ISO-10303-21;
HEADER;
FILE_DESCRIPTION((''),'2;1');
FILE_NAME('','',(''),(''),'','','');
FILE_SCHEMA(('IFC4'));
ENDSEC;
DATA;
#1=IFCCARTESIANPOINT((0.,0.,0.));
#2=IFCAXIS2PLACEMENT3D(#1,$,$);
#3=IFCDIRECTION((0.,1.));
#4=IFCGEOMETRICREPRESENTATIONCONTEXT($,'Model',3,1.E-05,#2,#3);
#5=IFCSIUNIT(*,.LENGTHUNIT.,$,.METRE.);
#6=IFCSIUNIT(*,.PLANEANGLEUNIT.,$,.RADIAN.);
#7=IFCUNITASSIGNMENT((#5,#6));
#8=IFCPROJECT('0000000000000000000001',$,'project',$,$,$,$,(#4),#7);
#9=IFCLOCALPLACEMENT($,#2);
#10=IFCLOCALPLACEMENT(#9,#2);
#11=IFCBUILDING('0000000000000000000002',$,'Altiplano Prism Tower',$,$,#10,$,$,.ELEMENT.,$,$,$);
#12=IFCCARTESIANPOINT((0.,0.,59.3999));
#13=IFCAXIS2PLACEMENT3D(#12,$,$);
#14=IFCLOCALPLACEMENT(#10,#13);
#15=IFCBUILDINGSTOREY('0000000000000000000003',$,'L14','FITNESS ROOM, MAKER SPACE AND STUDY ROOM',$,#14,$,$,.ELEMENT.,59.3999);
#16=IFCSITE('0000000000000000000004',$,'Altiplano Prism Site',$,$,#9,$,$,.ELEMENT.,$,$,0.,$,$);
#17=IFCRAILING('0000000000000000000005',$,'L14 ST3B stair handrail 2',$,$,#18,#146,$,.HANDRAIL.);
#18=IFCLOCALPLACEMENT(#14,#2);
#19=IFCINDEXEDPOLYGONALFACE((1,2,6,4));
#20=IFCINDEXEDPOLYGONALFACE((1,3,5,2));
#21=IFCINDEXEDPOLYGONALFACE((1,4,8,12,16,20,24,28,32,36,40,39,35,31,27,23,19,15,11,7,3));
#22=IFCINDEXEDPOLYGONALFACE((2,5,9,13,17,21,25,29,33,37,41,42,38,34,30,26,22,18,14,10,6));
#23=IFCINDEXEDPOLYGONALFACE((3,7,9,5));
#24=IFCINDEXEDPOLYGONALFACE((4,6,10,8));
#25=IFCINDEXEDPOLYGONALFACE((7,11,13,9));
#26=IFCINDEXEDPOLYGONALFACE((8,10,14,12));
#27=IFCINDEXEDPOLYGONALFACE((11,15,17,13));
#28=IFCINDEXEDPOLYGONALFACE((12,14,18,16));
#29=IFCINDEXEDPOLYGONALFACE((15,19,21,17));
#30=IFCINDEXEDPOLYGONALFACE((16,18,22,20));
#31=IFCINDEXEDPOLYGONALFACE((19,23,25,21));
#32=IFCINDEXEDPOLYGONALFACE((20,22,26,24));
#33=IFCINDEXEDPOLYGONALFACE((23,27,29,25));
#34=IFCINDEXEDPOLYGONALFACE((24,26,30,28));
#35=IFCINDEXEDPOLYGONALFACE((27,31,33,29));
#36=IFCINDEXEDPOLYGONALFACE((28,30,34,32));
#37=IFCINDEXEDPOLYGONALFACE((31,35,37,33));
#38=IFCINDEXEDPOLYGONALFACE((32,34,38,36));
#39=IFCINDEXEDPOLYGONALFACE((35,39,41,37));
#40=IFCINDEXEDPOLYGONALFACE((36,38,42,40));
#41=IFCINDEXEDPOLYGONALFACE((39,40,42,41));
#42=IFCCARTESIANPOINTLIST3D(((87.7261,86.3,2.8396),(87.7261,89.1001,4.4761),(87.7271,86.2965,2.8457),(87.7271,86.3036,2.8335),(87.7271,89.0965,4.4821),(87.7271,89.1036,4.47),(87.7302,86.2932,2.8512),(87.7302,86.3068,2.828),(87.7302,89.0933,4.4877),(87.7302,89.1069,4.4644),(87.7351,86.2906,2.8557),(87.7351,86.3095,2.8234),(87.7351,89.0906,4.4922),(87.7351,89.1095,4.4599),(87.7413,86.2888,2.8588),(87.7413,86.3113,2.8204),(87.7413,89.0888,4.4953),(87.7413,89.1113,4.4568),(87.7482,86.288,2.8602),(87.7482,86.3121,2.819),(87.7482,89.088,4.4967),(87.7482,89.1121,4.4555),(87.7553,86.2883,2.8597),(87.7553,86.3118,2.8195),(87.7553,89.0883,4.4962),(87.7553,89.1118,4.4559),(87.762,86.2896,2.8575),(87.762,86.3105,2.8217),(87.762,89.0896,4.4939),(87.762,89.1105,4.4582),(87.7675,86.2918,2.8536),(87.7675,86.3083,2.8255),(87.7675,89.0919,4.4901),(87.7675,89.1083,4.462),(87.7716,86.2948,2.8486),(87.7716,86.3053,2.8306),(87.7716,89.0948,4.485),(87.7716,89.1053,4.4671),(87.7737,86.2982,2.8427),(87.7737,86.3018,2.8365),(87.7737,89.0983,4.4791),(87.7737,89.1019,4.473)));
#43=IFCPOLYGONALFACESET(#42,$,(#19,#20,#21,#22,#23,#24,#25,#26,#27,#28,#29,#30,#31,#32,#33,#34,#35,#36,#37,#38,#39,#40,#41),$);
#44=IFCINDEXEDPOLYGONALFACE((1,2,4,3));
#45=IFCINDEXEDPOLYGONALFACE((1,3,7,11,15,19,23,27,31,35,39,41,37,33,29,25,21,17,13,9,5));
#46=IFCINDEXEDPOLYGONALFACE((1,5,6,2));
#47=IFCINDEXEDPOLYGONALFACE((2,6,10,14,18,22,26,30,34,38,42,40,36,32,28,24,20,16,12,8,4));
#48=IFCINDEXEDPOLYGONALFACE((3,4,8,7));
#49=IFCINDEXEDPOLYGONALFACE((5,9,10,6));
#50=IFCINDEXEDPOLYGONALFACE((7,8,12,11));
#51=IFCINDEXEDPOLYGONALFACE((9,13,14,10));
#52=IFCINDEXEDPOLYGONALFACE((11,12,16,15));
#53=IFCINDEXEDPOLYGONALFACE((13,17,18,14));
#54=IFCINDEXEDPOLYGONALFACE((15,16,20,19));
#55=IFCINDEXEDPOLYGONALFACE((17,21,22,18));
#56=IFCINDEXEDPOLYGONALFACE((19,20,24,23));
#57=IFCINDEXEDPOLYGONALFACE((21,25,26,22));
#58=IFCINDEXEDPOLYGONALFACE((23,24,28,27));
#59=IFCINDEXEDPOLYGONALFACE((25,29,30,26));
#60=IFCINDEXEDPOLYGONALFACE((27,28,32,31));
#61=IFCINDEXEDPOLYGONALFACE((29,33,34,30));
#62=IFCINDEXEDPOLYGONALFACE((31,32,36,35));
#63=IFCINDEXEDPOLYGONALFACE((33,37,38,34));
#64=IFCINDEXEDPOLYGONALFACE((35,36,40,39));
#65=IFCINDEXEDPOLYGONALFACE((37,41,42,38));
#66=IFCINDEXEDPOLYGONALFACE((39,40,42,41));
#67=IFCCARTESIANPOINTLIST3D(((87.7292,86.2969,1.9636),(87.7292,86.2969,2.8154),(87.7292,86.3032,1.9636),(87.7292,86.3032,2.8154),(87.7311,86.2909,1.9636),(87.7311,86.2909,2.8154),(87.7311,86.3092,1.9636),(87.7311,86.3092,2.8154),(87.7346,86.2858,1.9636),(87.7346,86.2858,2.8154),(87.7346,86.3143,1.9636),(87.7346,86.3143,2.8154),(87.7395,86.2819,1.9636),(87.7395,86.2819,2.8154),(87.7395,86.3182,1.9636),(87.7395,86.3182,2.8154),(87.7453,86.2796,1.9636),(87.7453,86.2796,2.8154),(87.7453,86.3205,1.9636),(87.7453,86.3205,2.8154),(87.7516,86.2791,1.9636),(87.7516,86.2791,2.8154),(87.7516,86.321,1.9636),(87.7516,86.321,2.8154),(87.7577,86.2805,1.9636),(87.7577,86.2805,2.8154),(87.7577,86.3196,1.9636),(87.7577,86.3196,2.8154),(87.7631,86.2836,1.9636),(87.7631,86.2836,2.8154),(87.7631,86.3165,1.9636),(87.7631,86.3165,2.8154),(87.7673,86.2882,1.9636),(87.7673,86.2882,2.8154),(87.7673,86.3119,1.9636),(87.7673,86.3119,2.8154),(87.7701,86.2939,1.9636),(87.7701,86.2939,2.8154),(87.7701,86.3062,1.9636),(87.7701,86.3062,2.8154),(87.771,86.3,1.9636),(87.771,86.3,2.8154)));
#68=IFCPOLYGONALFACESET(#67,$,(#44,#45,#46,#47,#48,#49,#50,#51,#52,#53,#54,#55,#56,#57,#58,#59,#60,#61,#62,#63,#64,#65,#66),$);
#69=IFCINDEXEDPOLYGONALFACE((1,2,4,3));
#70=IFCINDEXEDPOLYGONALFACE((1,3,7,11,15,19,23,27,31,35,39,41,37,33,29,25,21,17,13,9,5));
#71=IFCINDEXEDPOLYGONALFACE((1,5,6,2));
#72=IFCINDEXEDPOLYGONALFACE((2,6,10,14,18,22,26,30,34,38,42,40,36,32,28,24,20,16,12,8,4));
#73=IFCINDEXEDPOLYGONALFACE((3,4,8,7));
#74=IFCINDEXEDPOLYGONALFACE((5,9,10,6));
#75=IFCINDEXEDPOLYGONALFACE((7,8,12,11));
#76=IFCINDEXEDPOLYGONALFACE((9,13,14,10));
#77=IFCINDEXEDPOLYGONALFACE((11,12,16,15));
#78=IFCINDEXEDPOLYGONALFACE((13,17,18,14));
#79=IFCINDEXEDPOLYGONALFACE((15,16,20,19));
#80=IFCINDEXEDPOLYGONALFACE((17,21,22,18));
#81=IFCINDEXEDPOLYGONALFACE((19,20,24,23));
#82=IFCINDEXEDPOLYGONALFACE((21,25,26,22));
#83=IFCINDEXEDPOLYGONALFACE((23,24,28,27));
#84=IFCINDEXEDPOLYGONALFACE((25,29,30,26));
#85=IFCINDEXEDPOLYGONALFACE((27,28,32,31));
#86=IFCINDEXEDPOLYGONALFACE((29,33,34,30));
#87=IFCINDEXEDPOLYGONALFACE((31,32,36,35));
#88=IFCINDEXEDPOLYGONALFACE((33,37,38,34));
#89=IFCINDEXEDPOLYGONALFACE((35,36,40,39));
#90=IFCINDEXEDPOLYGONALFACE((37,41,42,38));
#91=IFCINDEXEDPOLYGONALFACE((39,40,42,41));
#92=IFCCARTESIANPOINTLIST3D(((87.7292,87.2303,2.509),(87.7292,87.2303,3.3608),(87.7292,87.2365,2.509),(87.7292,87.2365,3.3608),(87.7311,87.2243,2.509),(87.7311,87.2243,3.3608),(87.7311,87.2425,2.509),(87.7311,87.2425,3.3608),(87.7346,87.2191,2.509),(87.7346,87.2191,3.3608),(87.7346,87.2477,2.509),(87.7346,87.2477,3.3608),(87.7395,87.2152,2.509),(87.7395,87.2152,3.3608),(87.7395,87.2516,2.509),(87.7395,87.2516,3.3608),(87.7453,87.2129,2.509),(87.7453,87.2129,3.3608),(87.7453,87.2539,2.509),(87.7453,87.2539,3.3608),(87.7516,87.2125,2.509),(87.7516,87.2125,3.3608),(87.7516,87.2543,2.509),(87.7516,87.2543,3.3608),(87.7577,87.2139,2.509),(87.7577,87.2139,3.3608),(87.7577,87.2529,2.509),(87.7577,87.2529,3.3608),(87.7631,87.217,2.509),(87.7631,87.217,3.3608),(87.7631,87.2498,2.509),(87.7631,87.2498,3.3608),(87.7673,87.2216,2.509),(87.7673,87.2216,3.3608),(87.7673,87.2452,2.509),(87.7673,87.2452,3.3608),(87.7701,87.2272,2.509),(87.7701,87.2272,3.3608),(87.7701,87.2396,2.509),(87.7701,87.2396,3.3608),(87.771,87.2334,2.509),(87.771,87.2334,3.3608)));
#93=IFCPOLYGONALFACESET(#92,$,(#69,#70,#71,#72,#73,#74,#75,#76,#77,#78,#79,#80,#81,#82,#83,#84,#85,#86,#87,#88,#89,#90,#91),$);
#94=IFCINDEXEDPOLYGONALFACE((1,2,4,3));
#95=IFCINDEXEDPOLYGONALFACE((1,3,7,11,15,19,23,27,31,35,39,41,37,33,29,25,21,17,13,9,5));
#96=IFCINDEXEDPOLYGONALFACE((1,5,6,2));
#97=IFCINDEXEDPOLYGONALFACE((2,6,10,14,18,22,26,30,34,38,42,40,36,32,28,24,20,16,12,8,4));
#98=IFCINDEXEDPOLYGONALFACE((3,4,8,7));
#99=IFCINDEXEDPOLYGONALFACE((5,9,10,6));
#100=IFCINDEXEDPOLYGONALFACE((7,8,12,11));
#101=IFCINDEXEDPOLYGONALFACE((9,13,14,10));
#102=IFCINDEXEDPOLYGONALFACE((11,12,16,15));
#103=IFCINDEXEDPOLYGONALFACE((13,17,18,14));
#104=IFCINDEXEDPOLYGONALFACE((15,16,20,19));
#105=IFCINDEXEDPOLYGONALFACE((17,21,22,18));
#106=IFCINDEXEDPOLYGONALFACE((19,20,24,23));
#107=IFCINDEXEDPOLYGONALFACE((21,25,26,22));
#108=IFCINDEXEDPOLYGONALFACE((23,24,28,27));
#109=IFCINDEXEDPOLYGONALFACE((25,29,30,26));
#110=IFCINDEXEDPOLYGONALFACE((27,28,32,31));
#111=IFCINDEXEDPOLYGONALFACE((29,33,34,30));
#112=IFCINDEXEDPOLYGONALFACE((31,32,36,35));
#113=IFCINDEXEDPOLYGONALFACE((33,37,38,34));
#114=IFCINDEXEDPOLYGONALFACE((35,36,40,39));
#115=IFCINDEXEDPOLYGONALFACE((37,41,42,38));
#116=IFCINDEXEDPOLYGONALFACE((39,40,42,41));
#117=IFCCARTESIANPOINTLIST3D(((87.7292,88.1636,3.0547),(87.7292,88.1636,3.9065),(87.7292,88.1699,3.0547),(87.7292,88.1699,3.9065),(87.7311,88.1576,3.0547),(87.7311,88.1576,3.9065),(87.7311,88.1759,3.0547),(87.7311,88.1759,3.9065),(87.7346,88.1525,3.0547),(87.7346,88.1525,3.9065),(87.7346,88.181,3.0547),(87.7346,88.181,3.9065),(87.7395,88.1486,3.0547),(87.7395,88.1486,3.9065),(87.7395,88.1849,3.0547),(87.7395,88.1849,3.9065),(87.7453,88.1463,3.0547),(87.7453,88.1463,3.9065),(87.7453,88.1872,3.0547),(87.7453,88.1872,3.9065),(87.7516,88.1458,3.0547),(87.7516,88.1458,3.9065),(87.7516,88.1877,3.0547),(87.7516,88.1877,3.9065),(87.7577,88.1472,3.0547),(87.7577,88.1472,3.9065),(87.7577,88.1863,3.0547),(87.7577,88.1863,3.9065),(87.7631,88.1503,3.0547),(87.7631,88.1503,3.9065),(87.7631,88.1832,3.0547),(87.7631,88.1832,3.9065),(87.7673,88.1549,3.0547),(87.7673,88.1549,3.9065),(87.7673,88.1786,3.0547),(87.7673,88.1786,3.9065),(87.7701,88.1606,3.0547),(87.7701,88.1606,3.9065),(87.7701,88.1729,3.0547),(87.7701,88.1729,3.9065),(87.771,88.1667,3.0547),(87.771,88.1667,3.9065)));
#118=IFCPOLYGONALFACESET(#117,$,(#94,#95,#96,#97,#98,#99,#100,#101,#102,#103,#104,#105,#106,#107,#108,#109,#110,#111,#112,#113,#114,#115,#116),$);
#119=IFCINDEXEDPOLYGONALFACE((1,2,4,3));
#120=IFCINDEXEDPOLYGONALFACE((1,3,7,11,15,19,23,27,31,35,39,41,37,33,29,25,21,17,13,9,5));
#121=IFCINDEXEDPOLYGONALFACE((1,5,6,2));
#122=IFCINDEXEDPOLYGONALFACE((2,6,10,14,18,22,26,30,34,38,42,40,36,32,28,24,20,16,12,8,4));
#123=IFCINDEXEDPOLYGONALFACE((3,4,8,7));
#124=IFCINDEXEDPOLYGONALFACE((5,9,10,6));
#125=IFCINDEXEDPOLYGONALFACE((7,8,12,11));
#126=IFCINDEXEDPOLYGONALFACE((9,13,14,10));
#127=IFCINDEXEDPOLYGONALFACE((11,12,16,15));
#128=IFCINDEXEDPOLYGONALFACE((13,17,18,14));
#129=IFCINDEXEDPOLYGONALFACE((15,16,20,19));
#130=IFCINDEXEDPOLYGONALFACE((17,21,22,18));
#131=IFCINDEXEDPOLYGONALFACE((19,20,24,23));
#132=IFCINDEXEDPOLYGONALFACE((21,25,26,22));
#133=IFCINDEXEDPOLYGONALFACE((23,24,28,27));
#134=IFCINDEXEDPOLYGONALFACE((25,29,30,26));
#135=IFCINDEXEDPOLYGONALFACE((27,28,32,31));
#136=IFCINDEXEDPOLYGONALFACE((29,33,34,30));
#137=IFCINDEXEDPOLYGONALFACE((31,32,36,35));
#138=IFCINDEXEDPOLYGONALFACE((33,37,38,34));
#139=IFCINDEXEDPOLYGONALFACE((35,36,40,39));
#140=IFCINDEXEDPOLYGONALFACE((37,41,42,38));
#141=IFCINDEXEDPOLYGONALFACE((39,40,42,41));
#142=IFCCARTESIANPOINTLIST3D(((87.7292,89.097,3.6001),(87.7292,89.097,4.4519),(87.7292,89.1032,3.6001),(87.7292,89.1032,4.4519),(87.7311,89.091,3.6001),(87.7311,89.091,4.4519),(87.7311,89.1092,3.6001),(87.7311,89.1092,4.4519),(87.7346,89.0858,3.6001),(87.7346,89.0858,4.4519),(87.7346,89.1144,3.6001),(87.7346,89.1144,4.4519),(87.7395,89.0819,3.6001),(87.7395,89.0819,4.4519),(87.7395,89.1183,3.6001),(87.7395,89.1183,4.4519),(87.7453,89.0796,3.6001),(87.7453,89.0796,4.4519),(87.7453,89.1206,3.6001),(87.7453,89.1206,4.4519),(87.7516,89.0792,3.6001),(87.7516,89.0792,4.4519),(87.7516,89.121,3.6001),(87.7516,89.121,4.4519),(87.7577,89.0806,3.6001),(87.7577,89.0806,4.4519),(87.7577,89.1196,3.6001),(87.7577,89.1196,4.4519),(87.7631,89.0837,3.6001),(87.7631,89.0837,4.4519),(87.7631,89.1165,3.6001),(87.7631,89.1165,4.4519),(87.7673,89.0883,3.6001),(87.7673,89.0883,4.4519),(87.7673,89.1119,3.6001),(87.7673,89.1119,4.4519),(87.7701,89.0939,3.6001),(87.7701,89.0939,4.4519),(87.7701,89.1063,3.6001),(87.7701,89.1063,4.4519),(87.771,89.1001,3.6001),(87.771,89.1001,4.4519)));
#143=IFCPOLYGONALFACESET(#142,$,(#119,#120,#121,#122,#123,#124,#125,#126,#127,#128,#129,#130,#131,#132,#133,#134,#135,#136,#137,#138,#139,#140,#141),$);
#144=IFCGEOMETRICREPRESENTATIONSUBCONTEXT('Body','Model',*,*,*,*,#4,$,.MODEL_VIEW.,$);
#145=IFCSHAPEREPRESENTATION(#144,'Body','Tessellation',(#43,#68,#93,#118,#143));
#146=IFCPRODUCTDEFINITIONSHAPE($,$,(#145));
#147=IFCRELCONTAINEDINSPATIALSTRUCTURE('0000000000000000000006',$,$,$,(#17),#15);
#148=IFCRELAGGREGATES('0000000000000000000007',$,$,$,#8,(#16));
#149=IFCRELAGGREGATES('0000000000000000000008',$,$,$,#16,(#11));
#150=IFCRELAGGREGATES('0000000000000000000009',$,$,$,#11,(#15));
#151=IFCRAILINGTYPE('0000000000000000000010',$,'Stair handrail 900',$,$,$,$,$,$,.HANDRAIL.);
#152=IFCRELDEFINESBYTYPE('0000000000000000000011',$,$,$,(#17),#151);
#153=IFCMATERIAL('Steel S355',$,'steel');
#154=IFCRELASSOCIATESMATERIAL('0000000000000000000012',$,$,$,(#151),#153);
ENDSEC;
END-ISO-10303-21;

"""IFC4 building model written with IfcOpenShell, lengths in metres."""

from ifc_helpers import new_model, si_unit, direction, frame, origin, origin_2d, place, context, subcontext, project, spatial, circle, extrude, material, type_object, element, save


model = new_model("IFC4")

# Units and contexts
model_context = context("Model", 3, precision=1e-05, world=origin(), true_north=direction((0.0, 1.0)))
body_context = subcontext(model_context, "Body", "Model", "MODEL_VIEW")
ifc_project = project(units=[si_unit("LENGTHUNIT", "METRE"), si_unit("PLANEANGLEUNIT", "RADIAN")], contexts=[model_context])

# Site, building, storey
site_placement = place(None, origin())
site = spatial("IfcSite", under=ifc_project, at=site_placement, Name="Altiplano Prism Site", CompositionType="ELEMENT", RefElevation=0.0)
building_placement = place(site_placement, origin())
building = spatial("IfcBuilding", under=site, at=building_placement, Name="Altiplano Prism Tower", CompositionType="ELEMENT")
storey_placement = place(building_placement, frame((0.0, 0.0, 59.3999)))
storey = spatial("IfcBuildingStorey", under=building, at=storey_placement, Name="L14", Description="FITNESS ROOM, MAKER SPACE AND STUDY ROOM", CompositionType="ELEMENT", Elevation=59.3999)

# Railing
ifc_material_1 = material(Name="Steel S355", Category="steel")
railing_type = type_object("IfcRailingType", Name="Stair handrail 900", PredefinedType="HANDRAIL", material=ifc_material_1)
railing_1_placement = place(storey_placement, frame((87.75, 86.3, 1.9636)))
element("IfcRailing", 1, at=railing_1_placement, inside=storey, type_object=railing_type, Name="L14 ST3B stair handrail 2", PredefinedType="HANDRAIL", context=body_context, shape_type="SweptSolid", body=[
    extrude(circle(Radius=0.0239, at=origin_2d()), frame((0.0, 0.0, 0.876), z_axis=(0.0, 0.863361, 0.504587), x_axis=(-1.0, 0.0, 0.0)), (0.0, 0.0, 1.0), 3.2432),
    extrude(circle(Radius=0.021, at=origin_2d()), origin(), (0.0, 0.0, 1.0), 0.8518),
    extrude(circle(Radius=0.021, at=origin_2d()), frame((0.0, 0.9333, 0.5454)), (0.0, 0.0, 1.0), 0.8518),
    extrude(circle(Radius=0.021, at=origin_2d()), frame((0.0, 1.8667, 1.0911)), (0.0, 0.0, 1.0), 0.8518),
    extrude(circle(Radius=0.021, at=origin_2d()), frame((0.0, 2.8, 1.6365)), (0.0, 0.0, 1.0), 0.8518),
])

save(model, "model.ifc")
